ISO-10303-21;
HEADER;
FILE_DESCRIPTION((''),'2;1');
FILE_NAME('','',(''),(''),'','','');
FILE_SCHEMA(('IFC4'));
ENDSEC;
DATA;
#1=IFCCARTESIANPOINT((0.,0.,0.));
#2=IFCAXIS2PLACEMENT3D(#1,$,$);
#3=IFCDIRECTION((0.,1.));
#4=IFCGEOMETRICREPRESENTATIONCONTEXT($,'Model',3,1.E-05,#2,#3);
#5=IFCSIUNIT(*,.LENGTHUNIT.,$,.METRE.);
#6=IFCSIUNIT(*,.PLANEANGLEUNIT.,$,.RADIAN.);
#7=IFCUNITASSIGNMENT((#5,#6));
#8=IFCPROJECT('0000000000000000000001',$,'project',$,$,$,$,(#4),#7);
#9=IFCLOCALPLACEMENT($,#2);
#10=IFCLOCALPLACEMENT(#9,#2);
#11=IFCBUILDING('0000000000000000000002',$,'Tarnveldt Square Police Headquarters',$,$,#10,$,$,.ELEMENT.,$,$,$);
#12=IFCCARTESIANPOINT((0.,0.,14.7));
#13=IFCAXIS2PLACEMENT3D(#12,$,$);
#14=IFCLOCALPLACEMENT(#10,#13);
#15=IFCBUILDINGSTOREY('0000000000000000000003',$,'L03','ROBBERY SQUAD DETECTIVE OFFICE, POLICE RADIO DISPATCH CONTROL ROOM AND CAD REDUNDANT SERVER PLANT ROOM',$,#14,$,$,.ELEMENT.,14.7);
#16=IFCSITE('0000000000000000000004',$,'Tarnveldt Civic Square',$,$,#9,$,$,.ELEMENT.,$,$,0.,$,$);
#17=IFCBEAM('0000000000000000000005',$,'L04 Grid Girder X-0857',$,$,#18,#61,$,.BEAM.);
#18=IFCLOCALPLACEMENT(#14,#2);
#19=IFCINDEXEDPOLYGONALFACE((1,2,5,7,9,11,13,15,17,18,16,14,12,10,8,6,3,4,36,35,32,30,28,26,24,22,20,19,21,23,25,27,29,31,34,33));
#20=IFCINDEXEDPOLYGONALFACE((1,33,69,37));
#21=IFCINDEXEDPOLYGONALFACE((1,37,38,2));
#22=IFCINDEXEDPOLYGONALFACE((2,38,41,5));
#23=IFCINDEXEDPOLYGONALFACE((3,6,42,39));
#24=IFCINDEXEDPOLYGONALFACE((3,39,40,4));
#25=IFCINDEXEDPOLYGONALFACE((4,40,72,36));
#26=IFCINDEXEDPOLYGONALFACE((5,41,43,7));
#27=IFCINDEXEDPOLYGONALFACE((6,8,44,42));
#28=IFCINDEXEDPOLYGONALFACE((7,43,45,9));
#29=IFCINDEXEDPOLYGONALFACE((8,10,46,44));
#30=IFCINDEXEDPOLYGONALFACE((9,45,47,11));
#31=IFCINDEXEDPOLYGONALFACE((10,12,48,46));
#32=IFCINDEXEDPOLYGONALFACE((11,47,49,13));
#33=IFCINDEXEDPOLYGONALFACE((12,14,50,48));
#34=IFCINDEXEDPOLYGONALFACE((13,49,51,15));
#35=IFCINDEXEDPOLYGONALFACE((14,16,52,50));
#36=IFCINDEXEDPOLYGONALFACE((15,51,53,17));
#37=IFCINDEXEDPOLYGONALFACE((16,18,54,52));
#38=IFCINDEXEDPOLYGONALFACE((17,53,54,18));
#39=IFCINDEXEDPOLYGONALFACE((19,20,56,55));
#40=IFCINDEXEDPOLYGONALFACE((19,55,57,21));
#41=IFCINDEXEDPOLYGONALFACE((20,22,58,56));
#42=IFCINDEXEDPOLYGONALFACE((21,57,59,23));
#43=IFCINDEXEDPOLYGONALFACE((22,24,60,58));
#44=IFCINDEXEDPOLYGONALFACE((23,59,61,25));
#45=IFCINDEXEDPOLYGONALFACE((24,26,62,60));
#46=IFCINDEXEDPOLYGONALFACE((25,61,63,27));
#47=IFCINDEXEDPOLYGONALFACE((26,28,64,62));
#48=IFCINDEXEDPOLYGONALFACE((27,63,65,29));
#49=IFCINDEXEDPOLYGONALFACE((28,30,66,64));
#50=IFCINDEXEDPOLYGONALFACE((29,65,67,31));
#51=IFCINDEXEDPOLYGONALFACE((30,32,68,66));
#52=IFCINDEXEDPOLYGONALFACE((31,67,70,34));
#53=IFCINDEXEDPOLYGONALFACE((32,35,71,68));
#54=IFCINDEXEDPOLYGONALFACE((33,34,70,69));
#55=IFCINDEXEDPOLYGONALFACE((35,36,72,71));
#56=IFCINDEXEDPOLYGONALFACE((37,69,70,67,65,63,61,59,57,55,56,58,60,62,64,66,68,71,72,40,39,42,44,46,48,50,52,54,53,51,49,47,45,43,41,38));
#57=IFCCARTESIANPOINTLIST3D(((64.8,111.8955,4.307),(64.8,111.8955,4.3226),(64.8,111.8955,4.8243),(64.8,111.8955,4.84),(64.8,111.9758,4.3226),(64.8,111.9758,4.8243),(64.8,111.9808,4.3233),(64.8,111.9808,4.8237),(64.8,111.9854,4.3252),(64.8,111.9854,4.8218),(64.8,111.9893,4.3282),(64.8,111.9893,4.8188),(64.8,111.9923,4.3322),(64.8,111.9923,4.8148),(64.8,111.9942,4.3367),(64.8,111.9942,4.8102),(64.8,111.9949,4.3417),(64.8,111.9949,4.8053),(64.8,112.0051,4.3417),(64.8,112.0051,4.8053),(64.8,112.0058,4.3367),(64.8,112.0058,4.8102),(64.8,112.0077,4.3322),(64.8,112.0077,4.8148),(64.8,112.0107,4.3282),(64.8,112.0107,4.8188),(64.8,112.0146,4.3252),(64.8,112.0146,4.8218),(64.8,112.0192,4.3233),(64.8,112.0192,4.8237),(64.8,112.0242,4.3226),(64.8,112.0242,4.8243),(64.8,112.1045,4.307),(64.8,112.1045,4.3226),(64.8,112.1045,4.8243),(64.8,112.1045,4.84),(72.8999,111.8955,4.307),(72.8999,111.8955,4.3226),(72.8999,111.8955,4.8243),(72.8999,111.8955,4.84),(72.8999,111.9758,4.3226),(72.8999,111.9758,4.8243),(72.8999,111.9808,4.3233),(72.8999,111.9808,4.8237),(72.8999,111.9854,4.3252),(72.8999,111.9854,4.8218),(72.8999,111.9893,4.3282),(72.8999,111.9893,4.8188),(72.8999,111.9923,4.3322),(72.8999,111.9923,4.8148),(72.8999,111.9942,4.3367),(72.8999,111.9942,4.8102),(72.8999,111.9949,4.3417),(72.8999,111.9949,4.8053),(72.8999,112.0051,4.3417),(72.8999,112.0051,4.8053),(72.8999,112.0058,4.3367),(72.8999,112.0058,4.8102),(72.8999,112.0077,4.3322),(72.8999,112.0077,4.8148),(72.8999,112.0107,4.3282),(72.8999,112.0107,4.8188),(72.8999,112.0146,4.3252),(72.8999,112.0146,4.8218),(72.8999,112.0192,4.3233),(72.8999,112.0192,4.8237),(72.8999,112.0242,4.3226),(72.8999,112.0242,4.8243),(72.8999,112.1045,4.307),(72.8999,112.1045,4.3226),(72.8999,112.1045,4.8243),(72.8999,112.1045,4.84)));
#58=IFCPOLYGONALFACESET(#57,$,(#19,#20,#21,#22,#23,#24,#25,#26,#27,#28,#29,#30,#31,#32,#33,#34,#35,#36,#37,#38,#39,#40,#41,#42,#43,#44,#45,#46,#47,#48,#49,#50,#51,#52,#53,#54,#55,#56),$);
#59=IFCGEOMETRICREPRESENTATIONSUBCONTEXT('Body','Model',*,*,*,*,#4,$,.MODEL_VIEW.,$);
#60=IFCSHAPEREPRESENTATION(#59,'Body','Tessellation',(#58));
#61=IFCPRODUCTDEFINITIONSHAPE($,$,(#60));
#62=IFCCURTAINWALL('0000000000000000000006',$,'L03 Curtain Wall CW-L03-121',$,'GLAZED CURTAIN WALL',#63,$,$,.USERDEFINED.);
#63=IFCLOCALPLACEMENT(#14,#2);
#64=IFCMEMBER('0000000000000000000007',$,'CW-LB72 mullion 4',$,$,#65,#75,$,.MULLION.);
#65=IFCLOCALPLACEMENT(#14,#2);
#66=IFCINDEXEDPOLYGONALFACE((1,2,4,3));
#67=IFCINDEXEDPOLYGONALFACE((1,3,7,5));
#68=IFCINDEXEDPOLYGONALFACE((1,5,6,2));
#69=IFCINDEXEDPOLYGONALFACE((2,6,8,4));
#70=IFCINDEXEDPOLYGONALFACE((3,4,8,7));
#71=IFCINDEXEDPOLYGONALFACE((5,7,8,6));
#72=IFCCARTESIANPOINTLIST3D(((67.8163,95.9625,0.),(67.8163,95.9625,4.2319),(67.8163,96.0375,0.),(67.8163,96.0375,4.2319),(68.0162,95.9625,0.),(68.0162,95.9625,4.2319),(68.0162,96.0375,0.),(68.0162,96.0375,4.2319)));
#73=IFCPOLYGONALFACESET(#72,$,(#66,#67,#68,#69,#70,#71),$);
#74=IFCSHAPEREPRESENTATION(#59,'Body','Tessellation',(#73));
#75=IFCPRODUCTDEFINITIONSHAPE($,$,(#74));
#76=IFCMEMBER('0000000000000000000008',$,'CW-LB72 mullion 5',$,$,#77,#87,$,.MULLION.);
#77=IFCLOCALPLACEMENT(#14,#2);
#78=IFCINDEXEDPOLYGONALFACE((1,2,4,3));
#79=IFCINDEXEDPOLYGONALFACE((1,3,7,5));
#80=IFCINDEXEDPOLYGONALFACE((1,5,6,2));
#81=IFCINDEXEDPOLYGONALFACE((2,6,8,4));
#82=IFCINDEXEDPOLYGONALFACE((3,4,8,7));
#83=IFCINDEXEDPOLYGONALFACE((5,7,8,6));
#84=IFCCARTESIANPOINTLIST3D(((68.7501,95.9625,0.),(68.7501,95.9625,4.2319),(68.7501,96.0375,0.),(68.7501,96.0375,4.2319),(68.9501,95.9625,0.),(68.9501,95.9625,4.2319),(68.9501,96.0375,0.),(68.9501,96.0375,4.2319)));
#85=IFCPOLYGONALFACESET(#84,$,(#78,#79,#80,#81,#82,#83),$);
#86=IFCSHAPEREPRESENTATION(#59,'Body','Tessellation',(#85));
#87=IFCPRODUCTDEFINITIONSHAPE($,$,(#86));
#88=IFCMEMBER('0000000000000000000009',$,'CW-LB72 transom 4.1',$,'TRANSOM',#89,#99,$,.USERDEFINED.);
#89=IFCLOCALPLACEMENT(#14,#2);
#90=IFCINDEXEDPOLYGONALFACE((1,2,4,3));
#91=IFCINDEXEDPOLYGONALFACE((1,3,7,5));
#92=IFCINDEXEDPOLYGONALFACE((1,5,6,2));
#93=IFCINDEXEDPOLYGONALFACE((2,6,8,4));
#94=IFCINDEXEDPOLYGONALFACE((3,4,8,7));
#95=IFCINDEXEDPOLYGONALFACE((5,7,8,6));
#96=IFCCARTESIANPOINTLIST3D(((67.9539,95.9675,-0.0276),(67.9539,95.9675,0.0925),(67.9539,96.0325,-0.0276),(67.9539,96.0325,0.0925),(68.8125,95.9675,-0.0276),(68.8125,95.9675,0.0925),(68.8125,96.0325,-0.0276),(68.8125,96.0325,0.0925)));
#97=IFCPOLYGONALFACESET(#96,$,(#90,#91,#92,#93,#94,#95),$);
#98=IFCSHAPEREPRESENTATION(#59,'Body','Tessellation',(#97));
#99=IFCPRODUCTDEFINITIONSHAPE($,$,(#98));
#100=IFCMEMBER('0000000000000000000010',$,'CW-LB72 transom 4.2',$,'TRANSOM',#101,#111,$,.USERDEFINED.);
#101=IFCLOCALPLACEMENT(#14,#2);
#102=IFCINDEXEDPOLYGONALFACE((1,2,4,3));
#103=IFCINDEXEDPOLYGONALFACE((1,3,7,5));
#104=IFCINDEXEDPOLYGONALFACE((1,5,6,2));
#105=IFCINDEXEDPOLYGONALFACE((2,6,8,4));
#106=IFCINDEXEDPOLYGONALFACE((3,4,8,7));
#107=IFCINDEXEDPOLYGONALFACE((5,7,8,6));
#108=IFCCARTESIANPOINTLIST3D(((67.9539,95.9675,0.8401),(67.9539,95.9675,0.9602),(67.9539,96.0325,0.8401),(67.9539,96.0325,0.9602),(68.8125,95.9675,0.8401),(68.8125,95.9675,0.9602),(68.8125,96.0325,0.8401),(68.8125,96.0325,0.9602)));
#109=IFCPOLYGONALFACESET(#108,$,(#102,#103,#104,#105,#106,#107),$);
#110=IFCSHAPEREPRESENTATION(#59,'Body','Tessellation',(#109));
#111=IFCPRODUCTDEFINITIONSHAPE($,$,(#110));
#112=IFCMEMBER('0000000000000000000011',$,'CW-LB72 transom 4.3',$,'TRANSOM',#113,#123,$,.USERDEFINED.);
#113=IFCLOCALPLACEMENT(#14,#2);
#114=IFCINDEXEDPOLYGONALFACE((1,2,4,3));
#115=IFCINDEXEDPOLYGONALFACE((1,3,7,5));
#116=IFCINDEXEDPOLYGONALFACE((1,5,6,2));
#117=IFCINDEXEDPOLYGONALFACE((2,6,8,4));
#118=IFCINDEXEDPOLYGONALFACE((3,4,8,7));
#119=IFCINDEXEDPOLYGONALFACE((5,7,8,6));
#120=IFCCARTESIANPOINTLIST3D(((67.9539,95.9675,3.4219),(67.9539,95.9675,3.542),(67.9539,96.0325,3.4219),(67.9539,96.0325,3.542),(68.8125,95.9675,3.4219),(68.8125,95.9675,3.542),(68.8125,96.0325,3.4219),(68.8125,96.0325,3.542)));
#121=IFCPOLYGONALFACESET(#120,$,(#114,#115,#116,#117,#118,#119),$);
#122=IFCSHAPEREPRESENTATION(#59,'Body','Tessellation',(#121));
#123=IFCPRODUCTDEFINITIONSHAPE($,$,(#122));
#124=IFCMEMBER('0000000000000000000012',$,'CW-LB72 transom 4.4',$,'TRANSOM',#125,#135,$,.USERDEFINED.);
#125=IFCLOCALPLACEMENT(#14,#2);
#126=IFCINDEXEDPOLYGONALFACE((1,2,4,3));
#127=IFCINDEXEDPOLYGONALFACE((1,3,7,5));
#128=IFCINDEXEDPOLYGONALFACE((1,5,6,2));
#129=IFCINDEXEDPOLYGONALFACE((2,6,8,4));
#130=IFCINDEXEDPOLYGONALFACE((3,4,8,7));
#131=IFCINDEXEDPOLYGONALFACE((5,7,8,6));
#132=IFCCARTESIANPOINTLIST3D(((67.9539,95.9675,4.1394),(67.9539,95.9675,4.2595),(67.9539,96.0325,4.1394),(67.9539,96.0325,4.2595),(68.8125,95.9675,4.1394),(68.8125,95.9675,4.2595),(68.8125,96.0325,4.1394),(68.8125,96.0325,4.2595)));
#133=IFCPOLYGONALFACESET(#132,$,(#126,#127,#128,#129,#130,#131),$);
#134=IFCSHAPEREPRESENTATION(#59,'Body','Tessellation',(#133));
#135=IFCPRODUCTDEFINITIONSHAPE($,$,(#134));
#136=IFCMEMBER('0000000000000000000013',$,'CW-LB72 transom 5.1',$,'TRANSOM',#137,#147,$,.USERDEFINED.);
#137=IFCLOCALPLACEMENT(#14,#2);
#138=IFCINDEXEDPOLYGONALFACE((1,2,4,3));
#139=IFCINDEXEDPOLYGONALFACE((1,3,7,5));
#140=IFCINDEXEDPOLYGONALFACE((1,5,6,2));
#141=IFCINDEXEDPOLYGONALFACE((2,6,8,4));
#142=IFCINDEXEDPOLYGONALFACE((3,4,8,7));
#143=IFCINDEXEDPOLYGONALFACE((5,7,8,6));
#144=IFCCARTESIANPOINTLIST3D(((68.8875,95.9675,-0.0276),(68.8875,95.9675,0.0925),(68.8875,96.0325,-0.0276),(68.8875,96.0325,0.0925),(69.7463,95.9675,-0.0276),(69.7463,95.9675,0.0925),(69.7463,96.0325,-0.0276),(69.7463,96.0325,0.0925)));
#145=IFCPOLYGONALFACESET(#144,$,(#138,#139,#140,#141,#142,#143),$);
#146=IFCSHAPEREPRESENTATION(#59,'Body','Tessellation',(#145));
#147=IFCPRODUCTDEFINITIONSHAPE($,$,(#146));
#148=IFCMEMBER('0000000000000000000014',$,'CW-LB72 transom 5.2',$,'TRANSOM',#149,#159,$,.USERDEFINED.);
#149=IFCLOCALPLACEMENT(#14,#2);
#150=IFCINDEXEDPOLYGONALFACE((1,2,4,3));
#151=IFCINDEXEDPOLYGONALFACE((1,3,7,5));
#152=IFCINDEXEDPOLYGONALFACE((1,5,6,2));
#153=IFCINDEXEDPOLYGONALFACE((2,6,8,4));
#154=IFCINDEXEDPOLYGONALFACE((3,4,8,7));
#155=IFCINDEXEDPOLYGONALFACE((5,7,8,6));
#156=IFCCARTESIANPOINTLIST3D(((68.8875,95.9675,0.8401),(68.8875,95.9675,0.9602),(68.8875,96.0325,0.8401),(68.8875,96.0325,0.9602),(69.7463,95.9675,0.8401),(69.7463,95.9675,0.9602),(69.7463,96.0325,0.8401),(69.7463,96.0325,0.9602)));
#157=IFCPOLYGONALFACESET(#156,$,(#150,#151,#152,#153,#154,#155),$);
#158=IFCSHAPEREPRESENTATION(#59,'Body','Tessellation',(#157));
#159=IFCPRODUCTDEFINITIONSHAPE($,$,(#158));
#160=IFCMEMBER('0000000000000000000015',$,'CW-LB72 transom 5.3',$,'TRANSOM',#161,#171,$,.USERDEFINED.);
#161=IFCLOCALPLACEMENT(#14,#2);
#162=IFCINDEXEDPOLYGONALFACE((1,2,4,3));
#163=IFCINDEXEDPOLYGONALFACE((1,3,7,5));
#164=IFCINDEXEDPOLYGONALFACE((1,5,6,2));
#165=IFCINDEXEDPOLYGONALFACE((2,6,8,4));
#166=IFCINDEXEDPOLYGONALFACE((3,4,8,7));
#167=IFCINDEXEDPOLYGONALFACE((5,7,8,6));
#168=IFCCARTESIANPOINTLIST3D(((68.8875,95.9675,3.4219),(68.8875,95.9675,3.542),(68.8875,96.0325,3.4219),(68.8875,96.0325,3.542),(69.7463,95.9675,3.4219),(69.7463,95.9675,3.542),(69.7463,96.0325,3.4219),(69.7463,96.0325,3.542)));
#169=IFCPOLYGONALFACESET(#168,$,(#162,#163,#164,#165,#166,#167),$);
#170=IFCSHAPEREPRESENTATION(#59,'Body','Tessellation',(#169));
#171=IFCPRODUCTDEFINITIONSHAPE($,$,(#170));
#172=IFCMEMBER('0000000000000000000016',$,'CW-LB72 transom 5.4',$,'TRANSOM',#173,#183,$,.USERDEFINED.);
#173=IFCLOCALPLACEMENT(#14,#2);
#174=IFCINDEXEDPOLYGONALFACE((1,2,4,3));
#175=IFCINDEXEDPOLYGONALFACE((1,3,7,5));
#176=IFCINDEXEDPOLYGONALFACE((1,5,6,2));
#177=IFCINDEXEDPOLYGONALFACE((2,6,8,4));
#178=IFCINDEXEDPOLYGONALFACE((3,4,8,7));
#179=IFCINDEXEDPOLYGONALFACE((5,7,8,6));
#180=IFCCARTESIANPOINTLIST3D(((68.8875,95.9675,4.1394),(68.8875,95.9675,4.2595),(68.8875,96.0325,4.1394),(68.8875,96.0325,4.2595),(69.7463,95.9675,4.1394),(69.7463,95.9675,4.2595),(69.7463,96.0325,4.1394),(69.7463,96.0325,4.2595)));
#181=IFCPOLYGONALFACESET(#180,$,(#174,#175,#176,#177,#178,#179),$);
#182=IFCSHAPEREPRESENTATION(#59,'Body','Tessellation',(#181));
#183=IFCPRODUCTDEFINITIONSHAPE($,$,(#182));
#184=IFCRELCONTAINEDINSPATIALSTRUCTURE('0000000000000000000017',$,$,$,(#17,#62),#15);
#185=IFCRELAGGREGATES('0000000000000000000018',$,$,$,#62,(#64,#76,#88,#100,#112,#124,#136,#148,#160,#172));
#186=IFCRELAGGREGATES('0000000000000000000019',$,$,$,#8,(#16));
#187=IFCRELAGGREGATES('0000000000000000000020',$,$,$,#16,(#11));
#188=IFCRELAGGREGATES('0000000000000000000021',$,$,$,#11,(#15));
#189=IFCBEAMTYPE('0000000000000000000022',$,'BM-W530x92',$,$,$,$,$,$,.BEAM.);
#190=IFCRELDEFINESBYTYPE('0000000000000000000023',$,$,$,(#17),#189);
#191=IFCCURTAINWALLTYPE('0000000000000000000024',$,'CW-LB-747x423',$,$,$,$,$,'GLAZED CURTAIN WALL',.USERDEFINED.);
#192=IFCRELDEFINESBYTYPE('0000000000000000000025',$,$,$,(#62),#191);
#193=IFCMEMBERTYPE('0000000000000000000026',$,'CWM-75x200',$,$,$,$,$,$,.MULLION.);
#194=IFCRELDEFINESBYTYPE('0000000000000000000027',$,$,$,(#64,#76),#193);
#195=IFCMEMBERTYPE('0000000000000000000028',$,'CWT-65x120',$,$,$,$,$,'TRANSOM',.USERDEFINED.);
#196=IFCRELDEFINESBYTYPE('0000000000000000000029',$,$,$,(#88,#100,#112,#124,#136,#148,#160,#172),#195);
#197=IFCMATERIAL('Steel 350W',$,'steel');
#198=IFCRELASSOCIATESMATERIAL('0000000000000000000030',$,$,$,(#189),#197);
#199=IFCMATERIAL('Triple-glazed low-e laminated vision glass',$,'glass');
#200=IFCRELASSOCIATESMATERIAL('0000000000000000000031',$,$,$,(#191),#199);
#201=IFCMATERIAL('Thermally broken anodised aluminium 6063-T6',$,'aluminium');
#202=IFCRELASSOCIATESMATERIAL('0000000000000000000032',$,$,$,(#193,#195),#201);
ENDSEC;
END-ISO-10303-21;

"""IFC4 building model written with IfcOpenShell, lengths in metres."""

from ifc_helpers import new_model, si_unit, direction, frame, origin, origin_2d, place, context, subcontext, project, spatial, rectangle, i_section, extrude, material, material_profile, profile_set, type_object, element, aggregate, save


model = new_model("IFC4")

# Units and contexts
model_context = context("Model", 3, precision=1e-05, world=origin(), true_north=direction((0.0, 1.0)))
body_context = subcontext(model_context, "Body", "Model", "MODEL_VIEW")
ifc_project = project(units=[si_unit("LENGTHUNIT", "METRE"), si_unit("PLANEANGLEUNIT", "RADIAN")], contexts=[model_context])

# Site, building, storey
site_placement = place(None, origin())
site = spatial("IfcSite", under=ifc_project, at=site_placement, Name="Tarnveldt Civic Square", CompositionType="ELEMENT", RefElevation=0.0)
building_placement = place(site_placement, origin())
building = spatial("IfcBuilding", under=site, at=building_placement, Name="Tarnveldt Square Police Headquarters", CompositionType="ELEMENT")
storey_placement = place(building_placement, frame((0.0, 0.0, 14.7)))
storey = spatial("IfcBuildingStorey", under=building, at=storey_placement, Name="L03", Description="ROBBERY SQUAD DETECTIVE OFFICE, POLICE RADIO DISPATCH CONTROL ROOM AND CAD REDUNDANT SERVER PLANT ROOM", CompositionType="ELEMENT", Elevation=14.7)

# Beam
ifc_material_1 = material(Name="Steel 350W", Category="steel")
ifc_material_profile_1 = material_profile(ifc_material_1, i_section(OverallWidth=0.209, OverallDepth=0.533, WebThickness=0.0103, FlangeThickness=0.0156, FilletRadius=0.019, at=origin_2d()), Name="W530x92")
ifc_profile_set_1 = profile_set([ifc_material_profile_1], Name="Steel 350W")
beam_type_1 = type_object("IfcBeamType", Name="BM-W530x92", PredefinedType="BEAM", material=ifc_profile_set_1)
beam_1_placement = place(storey_placement, frame((64.8, 112.0, 4.5735), z_axis=(1.0, 0.0, 0.0), x_axis=(0.0, 1.0, 0.0)))
element("IfcBeam", 1, at=beam_1_placement, inside=storey, type_object=beam_type_1, Name="L04 Grid Girder X-0857", PredefinedType="BEAM", context=body_context, shape_type="SweptSolid", body=[
    extrude(i_section(OverallWidth=0.209, OverallDepth=0.533, WebThickness=0.0103, FlangeThickness=0.0156, FilletRadius=0.019, at=origin_2d()), origin(), (0.0, 0.0, 1.0), 8.0999),
])

# Curtain wall, members
ifc_material_2 = material(Name="Triple-glazed low-e laminated vision glass", Category="glass")
curtain_wall_type = type_object("IfcCurtainWallType", Name="CW-LB-747x423", ElementType="GLAZED CURTAIN WALL", PredefinedType="USERDEFINED", material=ifc_material_2)
curtain_wall_placement = place(storey_placement, origin())
curtain_wall = element("IfcCurtainWall", 2, at=curtain_wall_placement, inside=storey, type_object=curtain_wall_type, Name="L03 Curtain Wall CW-L03-121", ObjectType="GLAZED CURTAIN WALL", PredefinedType="USERDEFINED")
ifc_material_3 = material(Name="Thermally broken anodised aluminium 6063-T6", Category="aluminium")
ifc_material_profile_2 = material_profile(ifc_material_3, rectangle(XDim=0.075, YDim=0.2, at=origin_2d()), Name="CW-M75x200")
ifc_profile_set_2 = profile_set([ifc_material_profile_2], Name="Thermally broken anodised aluminium 6063-T6")
member_type_1 = type_object("IfcMemberType", Name="CWM-75x200", PredefinedType="MULLION", material=ifc_profile_set_2)
member_1_placement = place(storey_placement, frame((67.9163, 96.0, 0.0), z_axis=(0.0, 0.0, 1.0), x_axis=(0.0, 1.0, 0.0)))
member_1 = element("IfcMember", 3, at=member_1_placement, type_object=member_type_1, Name="CW-LB72 mullion 4", PredefinedType="MULLION", context=body_context, shape_type="SweptSolid", body=[
    extrude(rectangle(XDim=0.075, YDim=0.2, at=origin_2d()), origin(), (0.0, 0.0, 1.0), 4.2319),
])
member_2_placement = place(storey_placement, frame((68.8501, 96.0, 0.0), z_axis=(0.0, 0.0, 1.0), x_axis=(0.0, 1.0, 0.0)))
member_2 = element("IfcMember", 4, at=member_2_placement, type_object=member_type_1, Name="CW-LB72 mullion 5", PredefinedType="MULLION", context=body_context, shape_type="SweptSolid", body=[
    extrude(rectangle(XDim=0.075, YDim=0.2, at=origin_2d()), origin(), (0.0, 0.0, 1.0), 4.2319),
])
ifc_material_profile_3 = material_profile(ifc_material_3, rectangle(XDim=0.0649, YDim=0.1201, at=origin_2d()), Name="CW-T65x120")
ifc_profile_set_3 = profile_set([ifc_material_profile_3], Name="Thermally broken anodised aluminium 6063-T6")
member_type_2 = type_object("IfcMemberType", Name="CWT-65x120", ElementType="TRANSOM", PredefinedType="USERDEFINED", material=ifc_profile_set_3)
member_3_placement = place(storey_placement, frame((67.9539, 96.0, 0.0325), z_axis=(1.0, 0.0, 0.0), x_axis=(0.0, 1.0, 0.0)))
member_3 = element("IfcMember", 5, at=member_3_placement, type_object=member_type_2, Name="CW-LB72 transom 4.1", ObjectType="TRANSOM", PredefinedType="USERDEFINED", context=body_context, shape_type="SweptSolid", body=[
    extrude(rectangle(XDim=0.0649, YDim=0.1201, at=origin_2d()), origin(), (0.0, 0.0, 1.0), 0.8586),
])
member_4_placement = place(storey_placement, frame((67.9539, 96.0, 0.9001), z_axis=(1.0, 0.0, 0.0), x_axis=(0.0, 1.0, 0.0)))
member_4 = element("IfcMember", 6, at=member_4_placement, type_object=member_type_2, Name="CW-LB72 transom 4.2", ObjectType="TRANSOM", PredefinedType="USERDEFINED", context=body_context, shape_type="SweptSolid", body=[
    extrude(rectangle(XDim=0.0649, YDim=0.1201, at=origin_2d()), origin(), (0.0, 0.0, 1.0), 0.8586),
])
member_5_placement = place(storey_placement, frame((67.9539, 96.0, 3.4819), z_axis=(1.0, 0.0, 0.0), x_axis=(0.0, 1.0, 0.0)))
member_5 = element("IfcMember", 7, at=member_5_placement, type_object=member_type_2, Name="CW-LB72 transom 4.3", ObjectType="TRANSOM", PredefinedType="USERDEFINED", context=body_context, shape_type="SweptSolid", body=[
    extrude(rectangle(XDim=0.0649, YDim=0.1201, at=origin_2d()), origin(), (0.0, 0.0, 1.0), 0.8586),
])
member_6_placement = place(storey_placement, frame((67.9539, 96.0, 4.1995), z_axis=(1.0, 0.0, 0.0), x_axis=(0.0, 1.0, 0.0)))
member_6 = element("IfcMember", 8, at=member_6_placement, type_object=member_type_2, Name="CW-LB72 transom 4.4", ObjectType="TRANSOM", PredefinedType="USERDEFINED", context=body_context, shape_type="SweptSolid", body=[
    extrude(rectangle(XDim=0.0649, YDim=0.1201, at=origin_2d()), origin(), (0.0, 0.0, 1.0), 0.8586),
])
member_7_placement = place(storey_placement, frame((68.8875, 96.0, 0.0325), z_axis=(1.0, 0.0, 0.0), x_axis=(0.0, 1.0, 0.0)))
member_7 = element("IfcMember", 9, at=member_7_placement, type_object=member_type_2, Name="CW-LB72 transom 5.1", ObjectType="TRANSOM", PredefinedType="USERDEFINED", context=body_context, shape_type="SweptSolid", body=[
    extrude(rectangle(XDim=0.0649, YDim=0.1201, at=origin_2d()), origin(), (0.0, 0.0, 1.0), 0.8589),
])
member_8_placement = place(storey_placement, frame((68.8875, 96.0, 0.9001), z_axis=(1.0, 0.0, 0.0), x_axis=(0.0, 1.0, 0.0)))
member_8 = element("IfcMember", 10, at=member_8_placement, type_object=member_type_2, Name="CW-LB72 transom 5.2", ObjectType="TRANSOM", PredefinedType="USERDEFINED", context=body_context, shape_type="SweptSolid", body=[
    extrude(rectangle(XDim=0.0649, YDim=0.1201, at=origin_2d()), origin(), (0.0, 0.0, 1.0), 0.8589),
])
member_9_placement = place(storey_placement, frame((68.8875, 96.0, 3.4819), z_axis=(1.0, 0.0, 0.0), x_axis=(0.0, 1.0, 0.0)))
member_9 = element("IfcMember", 11, at=member_9_placement, type_object=member_type_2, Name="CW-LB72 transom 5.3", ObjectType="TRANSOM", PredefinedType="USERDEFINED", context=body_context, shape_type="SweptSolid", body=[
    extrude(rectangle(XDim=0.0649, YDim=0.1201, at=origin_2d()), origin(), (0.0, 0.0, 1.0), 0.8589),
])
member_10_placement = place(storey_placement, frame((68.8875, 96.0, 4.1995), z_axis=(1.0, 0.0, 0.0), x_axis=(0.0, 1.0, 0.0)))
member_10 = element("IfcMember", 12, at=member_10_placement, type_object=member_type_2, Name="CW-LB72 transom 5.4", ObjectType="TRANSOM", PredefinedType="USERDEFINED", context=body_context, shape_type="SweptSolid", body=[
    extrude(rectangle(XDim=0.0649, YDim=0.1201, at=origin_2d()), origin(), (0.0, 0.0, 1.0), 0.8589),
])
aggregate(curtain_wall, [member_1, member_2, member_3, member_4, member_5, member_6, member_7, member_8, member_9, member_10])

save(model, "model.ifc")
